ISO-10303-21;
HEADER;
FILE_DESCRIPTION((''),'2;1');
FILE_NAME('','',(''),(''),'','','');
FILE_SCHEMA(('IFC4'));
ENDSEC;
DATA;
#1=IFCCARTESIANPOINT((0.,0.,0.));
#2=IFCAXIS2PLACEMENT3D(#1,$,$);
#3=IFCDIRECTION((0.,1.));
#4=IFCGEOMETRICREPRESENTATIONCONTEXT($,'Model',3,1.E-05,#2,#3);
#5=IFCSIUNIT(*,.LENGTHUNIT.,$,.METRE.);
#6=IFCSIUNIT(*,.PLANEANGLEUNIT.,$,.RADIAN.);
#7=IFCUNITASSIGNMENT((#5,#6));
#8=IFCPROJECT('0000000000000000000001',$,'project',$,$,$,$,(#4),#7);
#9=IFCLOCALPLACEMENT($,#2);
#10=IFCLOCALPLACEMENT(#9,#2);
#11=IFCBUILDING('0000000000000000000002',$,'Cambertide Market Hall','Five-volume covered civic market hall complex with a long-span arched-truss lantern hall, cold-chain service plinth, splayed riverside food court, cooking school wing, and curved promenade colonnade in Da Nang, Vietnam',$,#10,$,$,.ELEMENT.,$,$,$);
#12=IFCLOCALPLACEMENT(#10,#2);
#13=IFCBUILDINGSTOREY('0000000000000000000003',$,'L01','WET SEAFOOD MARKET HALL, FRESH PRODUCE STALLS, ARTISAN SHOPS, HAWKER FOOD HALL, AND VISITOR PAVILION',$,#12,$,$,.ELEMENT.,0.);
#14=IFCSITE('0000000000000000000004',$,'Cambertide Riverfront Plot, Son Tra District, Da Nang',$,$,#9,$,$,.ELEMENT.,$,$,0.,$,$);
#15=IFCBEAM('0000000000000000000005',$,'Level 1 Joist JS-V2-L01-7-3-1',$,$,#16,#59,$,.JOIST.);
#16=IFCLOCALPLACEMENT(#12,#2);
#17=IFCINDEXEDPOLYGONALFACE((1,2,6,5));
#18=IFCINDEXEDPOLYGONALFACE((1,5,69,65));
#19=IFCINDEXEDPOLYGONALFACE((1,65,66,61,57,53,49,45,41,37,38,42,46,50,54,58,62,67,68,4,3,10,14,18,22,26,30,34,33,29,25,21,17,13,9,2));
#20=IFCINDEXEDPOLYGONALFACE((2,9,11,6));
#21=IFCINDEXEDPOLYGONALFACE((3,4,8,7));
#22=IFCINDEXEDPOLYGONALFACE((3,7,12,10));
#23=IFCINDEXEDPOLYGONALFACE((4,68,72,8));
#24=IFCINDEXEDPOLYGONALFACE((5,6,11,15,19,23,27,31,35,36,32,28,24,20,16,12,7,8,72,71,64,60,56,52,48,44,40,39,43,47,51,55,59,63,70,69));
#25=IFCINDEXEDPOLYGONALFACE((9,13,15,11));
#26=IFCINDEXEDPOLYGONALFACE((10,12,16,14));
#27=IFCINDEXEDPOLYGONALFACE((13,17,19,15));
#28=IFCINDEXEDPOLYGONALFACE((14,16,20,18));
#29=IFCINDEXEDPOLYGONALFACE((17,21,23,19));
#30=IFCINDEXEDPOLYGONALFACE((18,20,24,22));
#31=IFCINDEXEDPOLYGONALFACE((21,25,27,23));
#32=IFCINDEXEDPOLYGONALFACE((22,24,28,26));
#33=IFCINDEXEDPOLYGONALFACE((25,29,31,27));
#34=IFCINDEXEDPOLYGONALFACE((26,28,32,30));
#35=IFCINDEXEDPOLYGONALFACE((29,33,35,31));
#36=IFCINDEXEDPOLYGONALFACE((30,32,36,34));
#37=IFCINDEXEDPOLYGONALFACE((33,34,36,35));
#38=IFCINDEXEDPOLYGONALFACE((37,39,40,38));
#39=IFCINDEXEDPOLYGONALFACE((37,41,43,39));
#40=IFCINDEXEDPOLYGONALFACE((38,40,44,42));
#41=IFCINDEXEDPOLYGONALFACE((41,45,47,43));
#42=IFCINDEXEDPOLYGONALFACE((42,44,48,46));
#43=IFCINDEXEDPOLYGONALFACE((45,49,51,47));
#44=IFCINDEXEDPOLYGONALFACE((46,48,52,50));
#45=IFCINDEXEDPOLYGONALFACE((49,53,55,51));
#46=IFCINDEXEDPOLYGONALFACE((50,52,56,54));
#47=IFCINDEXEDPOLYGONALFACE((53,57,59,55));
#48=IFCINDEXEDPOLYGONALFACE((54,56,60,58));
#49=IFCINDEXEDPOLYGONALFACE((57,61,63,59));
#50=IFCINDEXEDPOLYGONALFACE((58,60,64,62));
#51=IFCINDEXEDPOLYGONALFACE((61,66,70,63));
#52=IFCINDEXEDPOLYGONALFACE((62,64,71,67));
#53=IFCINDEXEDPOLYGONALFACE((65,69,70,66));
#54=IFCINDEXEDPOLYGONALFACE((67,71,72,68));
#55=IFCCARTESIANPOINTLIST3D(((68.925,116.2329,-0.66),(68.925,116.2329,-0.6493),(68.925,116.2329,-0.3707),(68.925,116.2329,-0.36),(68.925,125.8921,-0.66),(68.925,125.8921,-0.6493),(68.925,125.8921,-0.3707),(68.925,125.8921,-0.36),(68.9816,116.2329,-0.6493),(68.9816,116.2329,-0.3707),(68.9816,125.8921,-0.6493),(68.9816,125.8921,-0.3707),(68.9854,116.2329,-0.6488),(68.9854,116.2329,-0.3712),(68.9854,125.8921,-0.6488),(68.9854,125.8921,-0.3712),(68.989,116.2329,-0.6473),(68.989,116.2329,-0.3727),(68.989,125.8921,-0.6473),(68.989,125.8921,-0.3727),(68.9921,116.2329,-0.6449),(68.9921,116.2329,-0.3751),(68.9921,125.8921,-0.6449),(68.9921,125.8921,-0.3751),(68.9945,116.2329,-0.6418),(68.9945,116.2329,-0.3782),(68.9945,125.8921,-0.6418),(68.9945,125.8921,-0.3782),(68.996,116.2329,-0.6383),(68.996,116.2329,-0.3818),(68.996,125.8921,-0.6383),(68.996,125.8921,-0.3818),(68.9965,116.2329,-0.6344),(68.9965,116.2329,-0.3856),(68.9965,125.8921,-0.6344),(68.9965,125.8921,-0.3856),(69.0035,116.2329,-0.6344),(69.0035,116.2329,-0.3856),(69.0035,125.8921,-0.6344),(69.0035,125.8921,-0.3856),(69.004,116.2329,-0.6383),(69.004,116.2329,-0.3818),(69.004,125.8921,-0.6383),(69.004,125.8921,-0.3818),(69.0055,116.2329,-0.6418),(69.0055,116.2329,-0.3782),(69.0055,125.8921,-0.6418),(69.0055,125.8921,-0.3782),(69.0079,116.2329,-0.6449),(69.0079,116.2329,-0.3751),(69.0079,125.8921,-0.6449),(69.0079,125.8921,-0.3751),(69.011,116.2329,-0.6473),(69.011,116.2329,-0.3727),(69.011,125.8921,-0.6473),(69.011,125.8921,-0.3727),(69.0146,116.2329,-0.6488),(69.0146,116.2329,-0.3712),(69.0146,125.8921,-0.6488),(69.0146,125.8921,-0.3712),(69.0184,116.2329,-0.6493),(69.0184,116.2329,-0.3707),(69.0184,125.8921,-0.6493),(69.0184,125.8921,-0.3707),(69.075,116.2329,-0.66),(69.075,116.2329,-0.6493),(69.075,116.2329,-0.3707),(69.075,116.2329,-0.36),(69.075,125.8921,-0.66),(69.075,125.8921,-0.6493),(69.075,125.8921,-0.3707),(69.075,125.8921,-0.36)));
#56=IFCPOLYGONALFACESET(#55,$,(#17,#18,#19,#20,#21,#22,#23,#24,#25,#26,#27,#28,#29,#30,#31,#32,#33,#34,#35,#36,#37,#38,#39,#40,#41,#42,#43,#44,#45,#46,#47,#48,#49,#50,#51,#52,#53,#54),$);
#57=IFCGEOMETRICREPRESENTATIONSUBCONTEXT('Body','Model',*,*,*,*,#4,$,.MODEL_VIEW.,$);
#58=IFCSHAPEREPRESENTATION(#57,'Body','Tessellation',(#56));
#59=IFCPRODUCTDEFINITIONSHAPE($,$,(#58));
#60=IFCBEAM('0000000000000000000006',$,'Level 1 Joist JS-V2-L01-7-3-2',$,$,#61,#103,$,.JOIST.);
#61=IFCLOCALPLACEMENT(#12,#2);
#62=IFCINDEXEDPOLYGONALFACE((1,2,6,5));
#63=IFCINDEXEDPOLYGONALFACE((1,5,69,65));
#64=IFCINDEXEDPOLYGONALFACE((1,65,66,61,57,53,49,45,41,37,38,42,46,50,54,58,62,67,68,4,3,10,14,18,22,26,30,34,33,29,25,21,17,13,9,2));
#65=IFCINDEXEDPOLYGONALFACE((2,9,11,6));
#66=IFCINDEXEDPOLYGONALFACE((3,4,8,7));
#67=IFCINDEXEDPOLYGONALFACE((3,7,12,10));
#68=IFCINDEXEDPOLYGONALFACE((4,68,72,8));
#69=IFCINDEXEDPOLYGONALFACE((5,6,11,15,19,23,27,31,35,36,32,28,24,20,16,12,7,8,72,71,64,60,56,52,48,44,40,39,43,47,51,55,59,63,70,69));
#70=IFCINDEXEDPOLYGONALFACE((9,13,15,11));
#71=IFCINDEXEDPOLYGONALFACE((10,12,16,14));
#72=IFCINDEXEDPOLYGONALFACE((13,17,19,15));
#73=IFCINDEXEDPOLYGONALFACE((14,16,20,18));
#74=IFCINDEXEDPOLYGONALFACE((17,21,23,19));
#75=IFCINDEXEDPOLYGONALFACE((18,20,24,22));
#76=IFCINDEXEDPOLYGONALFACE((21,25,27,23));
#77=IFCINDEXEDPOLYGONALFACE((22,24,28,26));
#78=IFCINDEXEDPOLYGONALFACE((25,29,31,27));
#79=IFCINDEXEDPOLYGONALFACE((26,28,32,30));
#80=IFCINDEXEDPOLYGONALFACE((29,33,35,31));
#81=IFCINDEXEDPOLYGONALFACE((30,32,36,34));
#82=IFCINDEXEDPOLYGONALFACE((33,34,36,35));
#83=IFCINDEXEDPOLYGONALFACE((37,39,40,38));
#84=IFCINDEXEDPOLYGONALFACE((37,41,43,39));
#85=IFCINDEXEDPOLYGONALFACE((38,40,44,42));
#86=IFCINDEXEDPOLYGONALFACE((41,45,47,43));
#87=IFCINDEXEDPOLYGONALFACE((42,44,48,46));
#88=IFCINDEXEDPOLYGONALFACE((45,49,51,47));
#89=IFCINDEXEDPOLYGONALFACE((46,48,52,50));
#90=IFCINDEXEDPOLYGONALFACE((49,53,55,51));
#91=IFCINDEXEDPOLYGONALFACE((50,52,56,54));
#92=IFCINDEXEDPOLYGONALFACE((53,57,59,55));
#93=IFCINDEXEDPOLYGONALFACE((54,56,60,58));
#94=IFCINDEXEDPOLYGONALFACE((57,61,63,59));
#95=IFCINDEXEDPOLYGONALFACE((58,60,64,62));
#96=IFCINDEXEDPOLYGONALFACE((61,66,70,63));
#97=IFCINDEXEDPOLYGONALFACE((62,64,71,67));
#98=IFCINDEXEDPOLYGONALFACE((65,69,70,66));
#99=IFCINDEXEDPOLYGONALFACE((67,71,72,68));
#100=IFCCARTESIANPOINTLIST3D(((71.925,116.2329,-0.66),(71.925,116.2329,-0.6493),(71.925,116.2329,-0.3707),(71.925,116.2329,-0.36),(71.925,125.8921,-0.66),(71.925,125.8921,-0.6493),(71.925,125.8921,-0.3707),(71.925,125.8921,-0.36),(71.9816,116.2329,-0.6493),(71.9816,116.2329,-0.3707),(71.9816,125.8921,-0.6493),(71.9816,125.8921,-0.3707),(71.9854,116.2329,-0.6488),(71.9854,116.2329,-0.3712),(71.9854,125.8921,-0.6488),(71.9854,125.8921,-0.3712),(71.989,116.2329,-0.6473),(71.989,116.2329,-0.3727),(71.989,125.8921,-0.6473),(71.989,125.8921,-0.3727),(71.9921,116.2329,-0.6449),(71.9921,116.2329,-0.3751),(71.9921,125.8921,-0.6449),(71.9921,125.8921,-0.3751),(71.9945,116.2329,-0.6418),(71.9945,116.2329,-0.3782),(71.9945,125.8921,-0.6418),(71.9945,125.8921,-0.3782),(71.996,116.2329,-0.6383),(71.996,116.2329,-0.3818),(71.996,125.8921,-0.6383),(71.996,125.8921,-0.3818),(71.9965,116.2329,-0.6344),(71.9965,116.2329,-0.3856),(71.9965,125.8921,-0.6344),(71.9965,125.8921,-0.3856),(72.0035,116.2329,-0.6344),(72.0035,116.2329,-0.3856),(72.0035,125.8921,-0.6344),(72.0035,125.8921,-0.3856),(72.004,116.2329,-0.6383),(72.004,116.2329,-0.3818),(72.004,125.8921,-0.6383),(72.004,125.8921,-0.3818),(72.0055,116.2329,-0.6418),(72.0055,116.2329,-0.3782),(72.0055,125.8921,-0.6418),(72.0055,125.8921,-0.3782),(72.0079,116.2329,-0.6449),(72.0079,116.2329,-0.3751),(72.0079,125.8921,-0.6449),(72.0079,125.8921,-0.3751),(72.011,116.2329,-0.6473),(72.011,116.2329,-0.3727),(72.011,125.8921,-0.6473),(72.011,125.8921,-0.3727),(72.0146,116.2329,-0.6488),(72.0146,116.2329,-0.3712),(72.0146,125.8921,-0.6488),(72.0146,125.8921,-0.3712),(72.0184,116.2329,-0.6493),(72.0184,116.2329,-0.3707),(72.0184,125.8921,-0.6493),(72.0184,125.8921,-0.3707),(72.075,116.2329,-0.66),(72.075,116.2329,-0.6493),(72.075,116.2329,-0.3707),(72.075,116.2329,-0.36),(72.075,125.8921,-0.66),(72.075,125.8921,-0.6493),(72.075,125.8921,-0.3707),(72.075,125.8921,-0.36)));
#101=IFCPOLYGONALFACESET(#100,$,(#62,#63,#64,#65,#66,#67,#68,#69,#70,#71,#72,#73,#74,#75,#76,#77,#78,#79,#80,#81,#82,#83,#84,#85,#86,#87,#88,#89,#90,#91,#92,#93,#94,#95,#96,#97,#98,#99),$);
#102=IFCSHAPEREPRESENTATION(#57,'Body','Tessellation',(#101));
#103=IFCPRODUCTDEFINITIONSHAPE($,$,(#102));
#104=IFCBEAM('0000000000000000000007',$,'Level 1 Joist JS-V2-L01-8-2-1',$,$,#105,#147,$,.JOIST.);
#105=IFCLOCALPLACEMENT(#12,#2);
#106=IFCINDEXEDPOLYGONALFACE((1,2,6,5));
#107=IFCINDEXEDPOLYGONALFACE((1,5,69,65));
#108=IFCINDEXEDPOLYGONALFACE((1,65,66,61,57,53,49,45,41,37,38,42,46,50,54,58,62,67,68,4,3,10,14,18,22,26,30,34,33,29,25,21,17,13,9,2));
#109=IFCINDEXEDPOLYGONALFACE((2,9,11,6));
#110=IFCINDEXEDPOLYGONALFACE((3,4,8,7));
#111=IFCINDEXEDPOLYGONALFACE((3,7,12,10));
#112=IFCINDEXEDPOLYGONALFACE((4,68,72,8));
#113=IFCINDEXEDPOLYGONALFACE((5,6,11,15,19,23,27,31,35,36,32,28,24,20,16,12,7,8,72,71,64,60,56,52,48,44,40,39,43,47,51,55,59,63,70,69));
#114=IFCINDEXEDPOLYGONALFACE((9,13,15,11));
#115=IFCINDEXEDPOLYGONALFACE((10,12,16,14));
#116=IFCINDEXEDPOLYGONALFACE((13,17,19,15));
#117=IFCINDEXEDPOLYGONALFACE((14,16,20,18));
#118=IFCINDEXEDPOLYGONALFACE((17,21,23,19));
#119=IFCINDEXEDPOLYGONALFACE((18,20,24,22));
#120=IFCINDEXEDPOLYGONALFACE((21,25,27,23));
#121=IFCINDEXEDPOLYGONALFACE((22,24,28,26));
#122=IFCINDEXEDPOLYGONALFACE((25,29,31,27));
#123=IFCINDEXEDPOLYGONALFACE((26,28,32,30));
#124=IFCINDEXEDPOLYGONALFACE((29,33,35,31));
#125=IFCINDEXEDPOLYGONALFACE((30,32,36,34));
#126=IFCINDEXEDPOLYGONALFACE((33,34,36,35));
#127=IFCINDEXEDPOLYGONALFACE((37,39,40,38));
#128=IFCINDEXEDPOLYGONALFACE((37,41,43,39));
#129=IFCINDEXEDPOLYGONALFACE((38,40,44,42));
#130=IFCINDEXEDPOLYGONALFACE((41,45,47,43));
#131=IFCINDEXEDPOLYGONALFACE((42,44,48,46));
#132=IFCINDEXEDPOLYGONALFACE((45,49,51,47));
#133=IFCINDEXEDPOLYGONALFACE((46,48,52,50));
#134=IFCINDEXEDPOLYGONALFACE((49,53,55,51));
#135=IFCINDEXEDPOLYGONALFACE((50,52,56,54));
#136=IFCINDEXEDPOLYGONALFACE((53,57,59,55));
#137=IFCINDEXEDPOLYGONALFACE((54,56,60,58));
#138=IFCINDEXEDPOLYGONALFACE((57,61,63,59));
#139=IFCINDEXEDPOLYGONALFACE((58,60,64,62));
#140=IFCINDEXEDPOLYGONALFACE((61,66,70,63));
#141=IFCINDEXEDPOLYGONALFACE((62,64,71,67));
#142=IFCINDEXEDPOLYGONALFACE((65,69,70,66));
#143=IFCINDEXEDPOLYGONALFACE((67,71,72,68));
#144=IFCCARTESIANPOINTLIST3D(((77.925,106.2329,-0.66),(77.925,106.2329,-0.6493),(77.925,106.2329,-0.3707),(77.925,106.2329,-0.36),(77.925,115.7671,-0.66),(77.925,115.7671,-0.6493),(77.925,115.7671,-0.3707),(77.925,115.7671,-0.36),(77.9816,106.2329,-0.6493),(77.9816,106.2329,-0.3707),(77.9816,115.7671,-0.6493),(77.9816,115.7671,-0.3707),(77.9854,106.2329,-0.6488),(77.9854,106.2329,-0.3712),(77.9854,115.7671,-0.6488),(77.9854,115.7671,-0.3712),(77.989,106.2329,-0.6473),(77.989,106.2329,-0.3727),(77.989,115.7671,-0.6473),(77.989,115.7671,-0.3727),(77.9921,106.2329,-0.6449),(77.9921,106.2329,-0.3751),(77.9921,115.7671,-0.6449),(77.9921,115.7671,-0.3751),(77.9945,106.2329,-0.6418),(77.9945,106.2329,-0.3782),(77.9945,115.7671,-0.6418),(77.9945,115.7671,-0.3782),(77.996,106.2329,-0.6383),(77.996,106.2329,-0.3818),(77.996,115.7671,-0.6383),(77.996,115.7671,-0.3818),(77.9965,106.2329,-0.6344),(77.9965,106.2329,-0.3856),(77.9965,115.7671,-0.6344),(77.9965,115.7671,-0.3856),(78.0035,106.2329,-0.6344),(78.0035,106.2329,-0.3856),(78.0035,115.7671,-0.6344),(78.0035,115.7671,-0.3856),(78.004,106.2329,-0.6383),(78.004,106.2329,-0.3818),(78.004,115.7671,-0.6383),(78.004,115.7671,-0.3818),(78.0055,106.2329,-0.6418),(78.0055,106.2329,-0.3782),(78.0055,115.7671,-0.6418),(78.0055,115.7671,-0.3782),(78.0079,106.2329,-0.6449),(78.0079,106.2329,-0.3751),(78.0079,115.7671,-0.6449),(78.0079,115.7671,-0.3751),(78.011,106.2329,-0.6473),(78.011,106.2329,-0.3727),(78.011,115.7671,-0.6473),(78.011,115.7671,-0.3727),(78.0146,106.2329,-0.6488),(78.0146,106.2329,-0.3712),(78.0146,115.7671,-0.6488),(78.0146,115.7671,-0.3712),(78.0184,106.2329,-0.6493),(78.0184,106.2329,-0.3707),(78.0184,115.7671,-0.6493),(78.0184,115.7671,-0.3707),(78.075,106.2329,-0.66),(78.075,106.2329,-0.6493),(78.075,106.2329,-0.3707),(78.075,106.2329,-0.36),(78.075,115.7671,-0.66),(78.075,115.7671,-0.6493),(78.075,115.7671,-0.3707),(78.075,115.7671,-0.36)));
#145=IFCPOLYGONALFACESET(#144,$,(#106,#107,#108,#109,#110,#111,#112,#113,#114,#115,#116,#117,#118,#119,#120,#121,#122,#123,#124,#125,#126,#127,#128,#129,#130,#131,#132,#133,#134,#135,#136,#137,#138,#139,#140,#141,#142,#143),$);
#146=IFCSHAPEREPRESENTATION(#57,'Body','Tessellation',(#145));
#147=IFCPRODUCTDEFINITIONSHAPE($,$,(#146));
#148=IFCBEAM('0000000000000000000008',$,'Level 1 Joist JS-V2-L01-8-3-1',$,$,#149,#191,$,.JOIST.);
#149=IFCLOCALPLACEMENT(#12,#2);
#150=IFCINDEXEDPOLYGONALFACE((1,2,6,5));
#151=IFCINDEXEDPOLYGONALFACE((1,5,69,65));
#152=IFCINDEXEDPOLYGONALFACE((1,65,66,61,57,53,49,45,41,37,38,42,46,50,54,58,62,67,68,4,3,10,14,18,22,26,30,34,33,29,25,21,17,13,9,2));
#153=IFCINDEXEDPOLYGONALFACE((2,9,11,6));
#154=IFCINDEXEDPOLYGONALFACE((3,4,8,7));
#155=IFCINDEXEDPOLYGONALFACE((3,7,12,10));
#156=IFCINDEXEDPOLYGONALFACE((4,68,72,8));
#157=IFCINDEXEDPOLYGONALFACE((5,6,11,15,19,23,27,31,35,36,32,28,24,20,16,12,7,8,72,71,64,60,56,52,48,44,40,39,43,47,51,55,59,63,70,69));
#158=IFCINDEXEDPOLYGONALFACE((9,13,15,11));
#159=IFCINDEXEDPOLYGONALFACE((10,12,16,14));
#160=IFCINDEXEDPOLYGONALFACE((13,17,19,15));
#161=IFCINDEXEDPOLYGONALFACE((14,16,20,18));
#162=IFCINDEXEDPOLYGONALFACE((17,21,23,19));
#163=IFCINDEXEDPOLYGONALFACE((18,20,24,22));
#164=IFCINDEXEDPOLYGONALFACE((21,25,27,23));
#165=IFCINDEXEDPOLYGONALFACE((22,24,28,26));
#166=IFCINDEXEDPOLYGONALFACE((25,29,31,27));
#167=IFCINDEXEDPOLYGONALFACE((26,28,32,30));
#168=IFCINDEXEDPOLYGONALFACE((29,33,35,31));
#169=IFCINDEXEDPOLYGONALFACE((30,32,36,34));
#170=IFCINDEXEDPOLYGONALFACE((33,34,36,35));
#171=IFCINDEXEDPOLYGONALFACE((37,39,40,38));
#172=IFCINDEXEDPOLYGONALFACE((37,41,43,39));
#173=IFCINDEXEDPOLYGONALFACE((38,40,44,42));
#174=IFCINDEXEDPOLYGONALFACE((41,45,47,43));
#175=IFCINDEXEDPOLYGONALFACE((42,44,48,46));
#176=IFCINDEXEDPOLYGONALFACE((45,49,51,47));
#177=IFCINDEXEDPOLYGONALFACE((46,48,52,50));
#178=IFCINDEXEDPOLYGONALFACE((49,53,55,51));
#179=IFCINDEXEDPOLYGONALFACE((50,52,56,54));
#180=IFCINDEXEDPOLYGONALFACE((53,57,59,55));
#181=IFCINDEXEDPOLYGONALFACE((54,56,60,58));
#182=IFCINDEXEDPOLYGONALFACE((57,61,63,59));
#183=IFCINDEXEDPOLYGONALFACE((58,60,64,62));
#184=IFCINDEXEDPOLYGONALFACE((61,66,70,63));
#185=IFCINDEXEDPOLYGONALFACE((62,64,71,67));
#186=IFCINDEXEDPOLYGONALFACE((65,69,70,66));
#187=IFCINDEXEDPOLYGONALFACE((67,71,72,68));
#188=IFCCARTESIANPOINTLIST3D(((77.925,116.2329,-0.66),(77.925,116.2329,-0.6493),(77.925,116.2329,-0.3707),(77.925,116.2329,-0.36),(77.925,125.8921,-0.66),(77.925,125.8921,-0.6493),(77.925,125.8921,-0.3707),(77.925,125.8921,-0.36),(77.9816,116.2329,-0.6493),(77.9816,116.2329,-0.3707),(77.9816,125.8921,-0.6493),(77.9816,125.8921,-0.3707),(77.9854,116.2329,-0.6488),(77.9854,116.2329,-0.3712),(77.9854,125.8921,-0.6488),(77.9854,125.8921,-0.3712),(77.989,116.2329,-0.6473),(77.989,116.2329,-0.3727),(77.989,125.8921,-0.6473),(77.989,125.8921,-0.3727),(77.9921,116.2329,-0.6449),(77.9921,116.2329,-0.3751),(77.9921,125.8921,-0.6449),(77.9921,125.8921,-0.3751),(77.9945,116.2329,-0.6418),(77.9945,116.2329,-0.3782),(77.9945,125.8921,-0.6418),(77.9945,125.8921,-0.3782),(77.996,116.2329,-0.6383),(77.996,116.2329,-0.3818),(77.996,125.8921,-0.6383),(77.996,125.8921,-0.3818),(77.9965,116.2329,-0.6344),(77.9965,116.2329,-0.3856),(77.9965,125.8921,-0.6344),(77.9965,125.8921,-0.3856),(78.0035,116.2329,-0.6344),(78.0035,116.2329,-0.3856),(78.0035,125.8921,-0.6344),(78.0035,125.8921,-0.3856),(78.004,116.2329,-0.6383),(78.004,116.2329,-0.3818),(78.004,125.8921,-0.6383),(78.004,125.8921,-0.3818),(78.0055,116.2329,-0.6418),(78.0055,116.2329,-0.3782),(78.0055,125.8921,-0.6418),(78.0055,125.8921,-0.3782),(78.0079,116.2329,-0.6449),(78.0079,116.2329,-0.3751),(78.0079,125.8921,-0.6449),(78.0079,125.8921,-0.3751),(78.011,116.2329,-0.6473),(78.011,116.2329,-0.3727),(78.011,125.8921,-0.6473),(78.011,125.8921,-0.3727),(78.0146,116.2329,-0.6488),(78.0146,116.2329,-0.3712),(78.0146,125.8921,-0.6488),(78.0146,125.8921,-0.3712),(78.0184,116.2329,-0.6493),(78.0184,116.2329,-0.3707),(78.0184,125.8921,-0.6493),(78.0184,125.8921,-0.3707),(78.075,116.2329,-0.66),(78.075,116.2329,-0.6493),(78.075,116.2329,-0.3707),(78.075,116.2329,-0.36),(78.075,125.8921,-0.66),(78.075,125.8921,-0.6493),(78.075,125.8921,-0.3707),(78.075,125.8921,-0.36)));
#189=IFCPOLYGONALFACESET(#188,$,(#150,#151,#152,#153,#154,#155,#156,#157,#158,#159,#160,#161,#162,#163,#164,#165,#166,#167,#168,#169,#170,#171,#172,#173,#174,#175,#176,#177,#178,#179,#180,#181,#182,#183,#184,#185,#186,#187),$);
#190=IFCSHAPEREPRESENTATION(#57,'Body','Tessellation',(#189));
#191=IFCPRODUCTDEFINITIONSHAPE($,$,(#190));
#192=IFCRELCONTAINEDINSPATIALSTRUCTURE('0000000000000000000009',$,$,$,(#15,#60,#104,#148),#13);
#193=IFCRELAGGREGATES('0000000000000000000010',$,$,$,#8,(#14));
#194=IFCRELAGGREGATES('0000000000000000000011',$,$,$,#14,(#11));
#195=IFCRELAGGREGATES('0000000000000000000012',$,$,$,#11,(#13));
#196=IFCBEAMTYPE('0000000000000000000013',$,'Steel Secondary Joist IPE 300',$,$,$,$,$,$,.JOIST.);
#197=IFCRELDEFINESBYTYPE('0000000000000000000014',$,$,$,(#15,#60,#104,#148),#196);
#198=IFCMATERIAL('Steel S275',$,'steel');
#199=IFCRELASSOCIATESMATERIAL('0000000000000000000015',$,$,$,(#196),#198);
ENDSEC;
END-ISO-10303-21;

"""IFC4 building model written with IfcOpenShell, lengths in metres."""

from ifc_helpers import new_model, si_unit, direction, frame, origin, origin_2d, place, context, subcontext, project, spatial, i_section, extrude, material, material_profile, profile_set, type_object, element, save


model = new_model("IFC4")

# Units and contexts
model_context = context("Model", 3, precision=1e-05, world=origin(), true_north=direction((0.0, 1.0)))
body_context = subcontext(model_context, "Body", "Model", "MODEL_VIEW")
ifc_project = project(units=[si_unit("LENGTHUNIT", "METRE"), si_unit("PLANEANGLEUNIT", "RADIAN")], contexts=[model_context])

# Site, building, storey
site_placement = place(None, origin())
site = spatial("IfcSite", under=ifc_project, at=site_placement, Name="Cambertide Riverfront Plot, Son Tra District, Da Nang", CompositionType="ELEMENT", RefElevation=0.0)
building_placement = place(site_placement, origin())
building = spatial("IfcBuilding", under=site, at=building_placement, Name="Cambertide Market Hall", Description="Five-volume covered civic market hall complex with a long-span arched-truss lantern hall, cold-chain service plinth, splayed riverside food court, cooking school wing, and curved promenade colonnade in Da Nang, Vietnam", CompositionType="ELEMENT")
storey_placement = place(building_placement, origin())
storey = spatial("IfcBuildingStorey", under=building, at=storey_placement, Name="L01", Description="WET SEAFOOD MARKET HALL, FRESH PRODUCE STALLS, ARTISAN SHOPS, HAWKER FOOD HALL, AND VISITOR PAVILION", CompositionType="ELEMENT", Elevation=0.0)

# Beams
ifc_material_1 = material(Name="Steel S275", Category="steel")
ifc_material_profile_1 = material_profile(ifc_material_1, i_section(OverallWidth=0.1499, OverallDepth=0.3, WebThickness=0.0071, FlangeThickness=0.0107, FilletRadius=0.0149, at=origin_2d()), Name="IPE 300")
ifc_profile_set_1 = profile_set([ifc_material_profile_1], Name="Steel S275")
beam_type_1 = type_object("IfcBeamType", Name="Steel Secondary Joist IPE 300", PredefinedType="JOIST", material=ifc_profile_set_1)
for number, where, z_axis, x_axis, name in (
    (1, (69.0, 116.2329, -0.51), (0.0, 1.0, 0.0), (-1.0, 0.0, 0.0), "Level 1 Joist JS-V2-L01-7-3-1"),
    (2, (72.0, 116.2329, -0.51), (0.0, 1.0, 0.0), (-1.0, 0.0, 0.0), "Level 1 Joist JS-V2-L01-7-3-2"),
):
    element("IfcBeam", number, at=place(storey_placement, frame(where, z_axis=z_axis, x_axis=x_axis)), inside=storey, type_object=beam_type_1, Name=name, PredefinedType="JOIST", context=body_context, shape_type="SweptSolid", body=[
        extrude(i_section(OverallWidth=0.1499, OverallDepth=0.3, WebThickness=0.0071, FlangeThickness=0.0107, FilletRadius=0.0149, at=origin_2d()), origin(), (0.0, 0.0, 1.0), 9.6592),
    ])
beam_1_placement = place(storey_placement, frame((78.0, 106.2329, -0.51), z_axis=(0.0, 1.0, 0.0), x_axis=(-1.0, 0.0, 0.0)))
element("IfcBeam", 3, at=beam_1_placement, inside=storey, type_object=beam_type_1, Name="Level 1 Joist JS-V2-L01-8-2-1", PredefinedType="JOIST", context=body_context, shape_type="SweptSolid", body=[
    extrude(i_section(OverallWidth=0.1499, OverallDepth=0.3, WebThickness=0.0071, FlangeThickness=0.0107, FilletRadius=0.0149, at=origin_2d()), origin(), (0.0, 0.0, 1.0), 9.5342),
])
beam_2_placement = place(storey_placement, frame((78.0, 116.2329, -0.51), z_axis=(0.0, 1.0, 0.0), x_axis=(-1.0, 0.0, 0.0)))
element("IfcBeam", 4, at=beam_2_placement, inside=storey, type_object=beam_type_1, Name="Level 1 Joist JS-V2-L01-8-3-1", PredefinedType="JOIST", context=body_context, shape_type="SweptSolid", body=[
    extrude(i_section(OverallWidth=0.1499, OverallDepth=0.3, WebThickness=0.0071, FlangeThickness=0.0107, FilletRadius=0.0149, at=origin_2d()), origin(), (0.0, 0.0, 1.0), 9.6592),
])

save(model, "model.ifc")
